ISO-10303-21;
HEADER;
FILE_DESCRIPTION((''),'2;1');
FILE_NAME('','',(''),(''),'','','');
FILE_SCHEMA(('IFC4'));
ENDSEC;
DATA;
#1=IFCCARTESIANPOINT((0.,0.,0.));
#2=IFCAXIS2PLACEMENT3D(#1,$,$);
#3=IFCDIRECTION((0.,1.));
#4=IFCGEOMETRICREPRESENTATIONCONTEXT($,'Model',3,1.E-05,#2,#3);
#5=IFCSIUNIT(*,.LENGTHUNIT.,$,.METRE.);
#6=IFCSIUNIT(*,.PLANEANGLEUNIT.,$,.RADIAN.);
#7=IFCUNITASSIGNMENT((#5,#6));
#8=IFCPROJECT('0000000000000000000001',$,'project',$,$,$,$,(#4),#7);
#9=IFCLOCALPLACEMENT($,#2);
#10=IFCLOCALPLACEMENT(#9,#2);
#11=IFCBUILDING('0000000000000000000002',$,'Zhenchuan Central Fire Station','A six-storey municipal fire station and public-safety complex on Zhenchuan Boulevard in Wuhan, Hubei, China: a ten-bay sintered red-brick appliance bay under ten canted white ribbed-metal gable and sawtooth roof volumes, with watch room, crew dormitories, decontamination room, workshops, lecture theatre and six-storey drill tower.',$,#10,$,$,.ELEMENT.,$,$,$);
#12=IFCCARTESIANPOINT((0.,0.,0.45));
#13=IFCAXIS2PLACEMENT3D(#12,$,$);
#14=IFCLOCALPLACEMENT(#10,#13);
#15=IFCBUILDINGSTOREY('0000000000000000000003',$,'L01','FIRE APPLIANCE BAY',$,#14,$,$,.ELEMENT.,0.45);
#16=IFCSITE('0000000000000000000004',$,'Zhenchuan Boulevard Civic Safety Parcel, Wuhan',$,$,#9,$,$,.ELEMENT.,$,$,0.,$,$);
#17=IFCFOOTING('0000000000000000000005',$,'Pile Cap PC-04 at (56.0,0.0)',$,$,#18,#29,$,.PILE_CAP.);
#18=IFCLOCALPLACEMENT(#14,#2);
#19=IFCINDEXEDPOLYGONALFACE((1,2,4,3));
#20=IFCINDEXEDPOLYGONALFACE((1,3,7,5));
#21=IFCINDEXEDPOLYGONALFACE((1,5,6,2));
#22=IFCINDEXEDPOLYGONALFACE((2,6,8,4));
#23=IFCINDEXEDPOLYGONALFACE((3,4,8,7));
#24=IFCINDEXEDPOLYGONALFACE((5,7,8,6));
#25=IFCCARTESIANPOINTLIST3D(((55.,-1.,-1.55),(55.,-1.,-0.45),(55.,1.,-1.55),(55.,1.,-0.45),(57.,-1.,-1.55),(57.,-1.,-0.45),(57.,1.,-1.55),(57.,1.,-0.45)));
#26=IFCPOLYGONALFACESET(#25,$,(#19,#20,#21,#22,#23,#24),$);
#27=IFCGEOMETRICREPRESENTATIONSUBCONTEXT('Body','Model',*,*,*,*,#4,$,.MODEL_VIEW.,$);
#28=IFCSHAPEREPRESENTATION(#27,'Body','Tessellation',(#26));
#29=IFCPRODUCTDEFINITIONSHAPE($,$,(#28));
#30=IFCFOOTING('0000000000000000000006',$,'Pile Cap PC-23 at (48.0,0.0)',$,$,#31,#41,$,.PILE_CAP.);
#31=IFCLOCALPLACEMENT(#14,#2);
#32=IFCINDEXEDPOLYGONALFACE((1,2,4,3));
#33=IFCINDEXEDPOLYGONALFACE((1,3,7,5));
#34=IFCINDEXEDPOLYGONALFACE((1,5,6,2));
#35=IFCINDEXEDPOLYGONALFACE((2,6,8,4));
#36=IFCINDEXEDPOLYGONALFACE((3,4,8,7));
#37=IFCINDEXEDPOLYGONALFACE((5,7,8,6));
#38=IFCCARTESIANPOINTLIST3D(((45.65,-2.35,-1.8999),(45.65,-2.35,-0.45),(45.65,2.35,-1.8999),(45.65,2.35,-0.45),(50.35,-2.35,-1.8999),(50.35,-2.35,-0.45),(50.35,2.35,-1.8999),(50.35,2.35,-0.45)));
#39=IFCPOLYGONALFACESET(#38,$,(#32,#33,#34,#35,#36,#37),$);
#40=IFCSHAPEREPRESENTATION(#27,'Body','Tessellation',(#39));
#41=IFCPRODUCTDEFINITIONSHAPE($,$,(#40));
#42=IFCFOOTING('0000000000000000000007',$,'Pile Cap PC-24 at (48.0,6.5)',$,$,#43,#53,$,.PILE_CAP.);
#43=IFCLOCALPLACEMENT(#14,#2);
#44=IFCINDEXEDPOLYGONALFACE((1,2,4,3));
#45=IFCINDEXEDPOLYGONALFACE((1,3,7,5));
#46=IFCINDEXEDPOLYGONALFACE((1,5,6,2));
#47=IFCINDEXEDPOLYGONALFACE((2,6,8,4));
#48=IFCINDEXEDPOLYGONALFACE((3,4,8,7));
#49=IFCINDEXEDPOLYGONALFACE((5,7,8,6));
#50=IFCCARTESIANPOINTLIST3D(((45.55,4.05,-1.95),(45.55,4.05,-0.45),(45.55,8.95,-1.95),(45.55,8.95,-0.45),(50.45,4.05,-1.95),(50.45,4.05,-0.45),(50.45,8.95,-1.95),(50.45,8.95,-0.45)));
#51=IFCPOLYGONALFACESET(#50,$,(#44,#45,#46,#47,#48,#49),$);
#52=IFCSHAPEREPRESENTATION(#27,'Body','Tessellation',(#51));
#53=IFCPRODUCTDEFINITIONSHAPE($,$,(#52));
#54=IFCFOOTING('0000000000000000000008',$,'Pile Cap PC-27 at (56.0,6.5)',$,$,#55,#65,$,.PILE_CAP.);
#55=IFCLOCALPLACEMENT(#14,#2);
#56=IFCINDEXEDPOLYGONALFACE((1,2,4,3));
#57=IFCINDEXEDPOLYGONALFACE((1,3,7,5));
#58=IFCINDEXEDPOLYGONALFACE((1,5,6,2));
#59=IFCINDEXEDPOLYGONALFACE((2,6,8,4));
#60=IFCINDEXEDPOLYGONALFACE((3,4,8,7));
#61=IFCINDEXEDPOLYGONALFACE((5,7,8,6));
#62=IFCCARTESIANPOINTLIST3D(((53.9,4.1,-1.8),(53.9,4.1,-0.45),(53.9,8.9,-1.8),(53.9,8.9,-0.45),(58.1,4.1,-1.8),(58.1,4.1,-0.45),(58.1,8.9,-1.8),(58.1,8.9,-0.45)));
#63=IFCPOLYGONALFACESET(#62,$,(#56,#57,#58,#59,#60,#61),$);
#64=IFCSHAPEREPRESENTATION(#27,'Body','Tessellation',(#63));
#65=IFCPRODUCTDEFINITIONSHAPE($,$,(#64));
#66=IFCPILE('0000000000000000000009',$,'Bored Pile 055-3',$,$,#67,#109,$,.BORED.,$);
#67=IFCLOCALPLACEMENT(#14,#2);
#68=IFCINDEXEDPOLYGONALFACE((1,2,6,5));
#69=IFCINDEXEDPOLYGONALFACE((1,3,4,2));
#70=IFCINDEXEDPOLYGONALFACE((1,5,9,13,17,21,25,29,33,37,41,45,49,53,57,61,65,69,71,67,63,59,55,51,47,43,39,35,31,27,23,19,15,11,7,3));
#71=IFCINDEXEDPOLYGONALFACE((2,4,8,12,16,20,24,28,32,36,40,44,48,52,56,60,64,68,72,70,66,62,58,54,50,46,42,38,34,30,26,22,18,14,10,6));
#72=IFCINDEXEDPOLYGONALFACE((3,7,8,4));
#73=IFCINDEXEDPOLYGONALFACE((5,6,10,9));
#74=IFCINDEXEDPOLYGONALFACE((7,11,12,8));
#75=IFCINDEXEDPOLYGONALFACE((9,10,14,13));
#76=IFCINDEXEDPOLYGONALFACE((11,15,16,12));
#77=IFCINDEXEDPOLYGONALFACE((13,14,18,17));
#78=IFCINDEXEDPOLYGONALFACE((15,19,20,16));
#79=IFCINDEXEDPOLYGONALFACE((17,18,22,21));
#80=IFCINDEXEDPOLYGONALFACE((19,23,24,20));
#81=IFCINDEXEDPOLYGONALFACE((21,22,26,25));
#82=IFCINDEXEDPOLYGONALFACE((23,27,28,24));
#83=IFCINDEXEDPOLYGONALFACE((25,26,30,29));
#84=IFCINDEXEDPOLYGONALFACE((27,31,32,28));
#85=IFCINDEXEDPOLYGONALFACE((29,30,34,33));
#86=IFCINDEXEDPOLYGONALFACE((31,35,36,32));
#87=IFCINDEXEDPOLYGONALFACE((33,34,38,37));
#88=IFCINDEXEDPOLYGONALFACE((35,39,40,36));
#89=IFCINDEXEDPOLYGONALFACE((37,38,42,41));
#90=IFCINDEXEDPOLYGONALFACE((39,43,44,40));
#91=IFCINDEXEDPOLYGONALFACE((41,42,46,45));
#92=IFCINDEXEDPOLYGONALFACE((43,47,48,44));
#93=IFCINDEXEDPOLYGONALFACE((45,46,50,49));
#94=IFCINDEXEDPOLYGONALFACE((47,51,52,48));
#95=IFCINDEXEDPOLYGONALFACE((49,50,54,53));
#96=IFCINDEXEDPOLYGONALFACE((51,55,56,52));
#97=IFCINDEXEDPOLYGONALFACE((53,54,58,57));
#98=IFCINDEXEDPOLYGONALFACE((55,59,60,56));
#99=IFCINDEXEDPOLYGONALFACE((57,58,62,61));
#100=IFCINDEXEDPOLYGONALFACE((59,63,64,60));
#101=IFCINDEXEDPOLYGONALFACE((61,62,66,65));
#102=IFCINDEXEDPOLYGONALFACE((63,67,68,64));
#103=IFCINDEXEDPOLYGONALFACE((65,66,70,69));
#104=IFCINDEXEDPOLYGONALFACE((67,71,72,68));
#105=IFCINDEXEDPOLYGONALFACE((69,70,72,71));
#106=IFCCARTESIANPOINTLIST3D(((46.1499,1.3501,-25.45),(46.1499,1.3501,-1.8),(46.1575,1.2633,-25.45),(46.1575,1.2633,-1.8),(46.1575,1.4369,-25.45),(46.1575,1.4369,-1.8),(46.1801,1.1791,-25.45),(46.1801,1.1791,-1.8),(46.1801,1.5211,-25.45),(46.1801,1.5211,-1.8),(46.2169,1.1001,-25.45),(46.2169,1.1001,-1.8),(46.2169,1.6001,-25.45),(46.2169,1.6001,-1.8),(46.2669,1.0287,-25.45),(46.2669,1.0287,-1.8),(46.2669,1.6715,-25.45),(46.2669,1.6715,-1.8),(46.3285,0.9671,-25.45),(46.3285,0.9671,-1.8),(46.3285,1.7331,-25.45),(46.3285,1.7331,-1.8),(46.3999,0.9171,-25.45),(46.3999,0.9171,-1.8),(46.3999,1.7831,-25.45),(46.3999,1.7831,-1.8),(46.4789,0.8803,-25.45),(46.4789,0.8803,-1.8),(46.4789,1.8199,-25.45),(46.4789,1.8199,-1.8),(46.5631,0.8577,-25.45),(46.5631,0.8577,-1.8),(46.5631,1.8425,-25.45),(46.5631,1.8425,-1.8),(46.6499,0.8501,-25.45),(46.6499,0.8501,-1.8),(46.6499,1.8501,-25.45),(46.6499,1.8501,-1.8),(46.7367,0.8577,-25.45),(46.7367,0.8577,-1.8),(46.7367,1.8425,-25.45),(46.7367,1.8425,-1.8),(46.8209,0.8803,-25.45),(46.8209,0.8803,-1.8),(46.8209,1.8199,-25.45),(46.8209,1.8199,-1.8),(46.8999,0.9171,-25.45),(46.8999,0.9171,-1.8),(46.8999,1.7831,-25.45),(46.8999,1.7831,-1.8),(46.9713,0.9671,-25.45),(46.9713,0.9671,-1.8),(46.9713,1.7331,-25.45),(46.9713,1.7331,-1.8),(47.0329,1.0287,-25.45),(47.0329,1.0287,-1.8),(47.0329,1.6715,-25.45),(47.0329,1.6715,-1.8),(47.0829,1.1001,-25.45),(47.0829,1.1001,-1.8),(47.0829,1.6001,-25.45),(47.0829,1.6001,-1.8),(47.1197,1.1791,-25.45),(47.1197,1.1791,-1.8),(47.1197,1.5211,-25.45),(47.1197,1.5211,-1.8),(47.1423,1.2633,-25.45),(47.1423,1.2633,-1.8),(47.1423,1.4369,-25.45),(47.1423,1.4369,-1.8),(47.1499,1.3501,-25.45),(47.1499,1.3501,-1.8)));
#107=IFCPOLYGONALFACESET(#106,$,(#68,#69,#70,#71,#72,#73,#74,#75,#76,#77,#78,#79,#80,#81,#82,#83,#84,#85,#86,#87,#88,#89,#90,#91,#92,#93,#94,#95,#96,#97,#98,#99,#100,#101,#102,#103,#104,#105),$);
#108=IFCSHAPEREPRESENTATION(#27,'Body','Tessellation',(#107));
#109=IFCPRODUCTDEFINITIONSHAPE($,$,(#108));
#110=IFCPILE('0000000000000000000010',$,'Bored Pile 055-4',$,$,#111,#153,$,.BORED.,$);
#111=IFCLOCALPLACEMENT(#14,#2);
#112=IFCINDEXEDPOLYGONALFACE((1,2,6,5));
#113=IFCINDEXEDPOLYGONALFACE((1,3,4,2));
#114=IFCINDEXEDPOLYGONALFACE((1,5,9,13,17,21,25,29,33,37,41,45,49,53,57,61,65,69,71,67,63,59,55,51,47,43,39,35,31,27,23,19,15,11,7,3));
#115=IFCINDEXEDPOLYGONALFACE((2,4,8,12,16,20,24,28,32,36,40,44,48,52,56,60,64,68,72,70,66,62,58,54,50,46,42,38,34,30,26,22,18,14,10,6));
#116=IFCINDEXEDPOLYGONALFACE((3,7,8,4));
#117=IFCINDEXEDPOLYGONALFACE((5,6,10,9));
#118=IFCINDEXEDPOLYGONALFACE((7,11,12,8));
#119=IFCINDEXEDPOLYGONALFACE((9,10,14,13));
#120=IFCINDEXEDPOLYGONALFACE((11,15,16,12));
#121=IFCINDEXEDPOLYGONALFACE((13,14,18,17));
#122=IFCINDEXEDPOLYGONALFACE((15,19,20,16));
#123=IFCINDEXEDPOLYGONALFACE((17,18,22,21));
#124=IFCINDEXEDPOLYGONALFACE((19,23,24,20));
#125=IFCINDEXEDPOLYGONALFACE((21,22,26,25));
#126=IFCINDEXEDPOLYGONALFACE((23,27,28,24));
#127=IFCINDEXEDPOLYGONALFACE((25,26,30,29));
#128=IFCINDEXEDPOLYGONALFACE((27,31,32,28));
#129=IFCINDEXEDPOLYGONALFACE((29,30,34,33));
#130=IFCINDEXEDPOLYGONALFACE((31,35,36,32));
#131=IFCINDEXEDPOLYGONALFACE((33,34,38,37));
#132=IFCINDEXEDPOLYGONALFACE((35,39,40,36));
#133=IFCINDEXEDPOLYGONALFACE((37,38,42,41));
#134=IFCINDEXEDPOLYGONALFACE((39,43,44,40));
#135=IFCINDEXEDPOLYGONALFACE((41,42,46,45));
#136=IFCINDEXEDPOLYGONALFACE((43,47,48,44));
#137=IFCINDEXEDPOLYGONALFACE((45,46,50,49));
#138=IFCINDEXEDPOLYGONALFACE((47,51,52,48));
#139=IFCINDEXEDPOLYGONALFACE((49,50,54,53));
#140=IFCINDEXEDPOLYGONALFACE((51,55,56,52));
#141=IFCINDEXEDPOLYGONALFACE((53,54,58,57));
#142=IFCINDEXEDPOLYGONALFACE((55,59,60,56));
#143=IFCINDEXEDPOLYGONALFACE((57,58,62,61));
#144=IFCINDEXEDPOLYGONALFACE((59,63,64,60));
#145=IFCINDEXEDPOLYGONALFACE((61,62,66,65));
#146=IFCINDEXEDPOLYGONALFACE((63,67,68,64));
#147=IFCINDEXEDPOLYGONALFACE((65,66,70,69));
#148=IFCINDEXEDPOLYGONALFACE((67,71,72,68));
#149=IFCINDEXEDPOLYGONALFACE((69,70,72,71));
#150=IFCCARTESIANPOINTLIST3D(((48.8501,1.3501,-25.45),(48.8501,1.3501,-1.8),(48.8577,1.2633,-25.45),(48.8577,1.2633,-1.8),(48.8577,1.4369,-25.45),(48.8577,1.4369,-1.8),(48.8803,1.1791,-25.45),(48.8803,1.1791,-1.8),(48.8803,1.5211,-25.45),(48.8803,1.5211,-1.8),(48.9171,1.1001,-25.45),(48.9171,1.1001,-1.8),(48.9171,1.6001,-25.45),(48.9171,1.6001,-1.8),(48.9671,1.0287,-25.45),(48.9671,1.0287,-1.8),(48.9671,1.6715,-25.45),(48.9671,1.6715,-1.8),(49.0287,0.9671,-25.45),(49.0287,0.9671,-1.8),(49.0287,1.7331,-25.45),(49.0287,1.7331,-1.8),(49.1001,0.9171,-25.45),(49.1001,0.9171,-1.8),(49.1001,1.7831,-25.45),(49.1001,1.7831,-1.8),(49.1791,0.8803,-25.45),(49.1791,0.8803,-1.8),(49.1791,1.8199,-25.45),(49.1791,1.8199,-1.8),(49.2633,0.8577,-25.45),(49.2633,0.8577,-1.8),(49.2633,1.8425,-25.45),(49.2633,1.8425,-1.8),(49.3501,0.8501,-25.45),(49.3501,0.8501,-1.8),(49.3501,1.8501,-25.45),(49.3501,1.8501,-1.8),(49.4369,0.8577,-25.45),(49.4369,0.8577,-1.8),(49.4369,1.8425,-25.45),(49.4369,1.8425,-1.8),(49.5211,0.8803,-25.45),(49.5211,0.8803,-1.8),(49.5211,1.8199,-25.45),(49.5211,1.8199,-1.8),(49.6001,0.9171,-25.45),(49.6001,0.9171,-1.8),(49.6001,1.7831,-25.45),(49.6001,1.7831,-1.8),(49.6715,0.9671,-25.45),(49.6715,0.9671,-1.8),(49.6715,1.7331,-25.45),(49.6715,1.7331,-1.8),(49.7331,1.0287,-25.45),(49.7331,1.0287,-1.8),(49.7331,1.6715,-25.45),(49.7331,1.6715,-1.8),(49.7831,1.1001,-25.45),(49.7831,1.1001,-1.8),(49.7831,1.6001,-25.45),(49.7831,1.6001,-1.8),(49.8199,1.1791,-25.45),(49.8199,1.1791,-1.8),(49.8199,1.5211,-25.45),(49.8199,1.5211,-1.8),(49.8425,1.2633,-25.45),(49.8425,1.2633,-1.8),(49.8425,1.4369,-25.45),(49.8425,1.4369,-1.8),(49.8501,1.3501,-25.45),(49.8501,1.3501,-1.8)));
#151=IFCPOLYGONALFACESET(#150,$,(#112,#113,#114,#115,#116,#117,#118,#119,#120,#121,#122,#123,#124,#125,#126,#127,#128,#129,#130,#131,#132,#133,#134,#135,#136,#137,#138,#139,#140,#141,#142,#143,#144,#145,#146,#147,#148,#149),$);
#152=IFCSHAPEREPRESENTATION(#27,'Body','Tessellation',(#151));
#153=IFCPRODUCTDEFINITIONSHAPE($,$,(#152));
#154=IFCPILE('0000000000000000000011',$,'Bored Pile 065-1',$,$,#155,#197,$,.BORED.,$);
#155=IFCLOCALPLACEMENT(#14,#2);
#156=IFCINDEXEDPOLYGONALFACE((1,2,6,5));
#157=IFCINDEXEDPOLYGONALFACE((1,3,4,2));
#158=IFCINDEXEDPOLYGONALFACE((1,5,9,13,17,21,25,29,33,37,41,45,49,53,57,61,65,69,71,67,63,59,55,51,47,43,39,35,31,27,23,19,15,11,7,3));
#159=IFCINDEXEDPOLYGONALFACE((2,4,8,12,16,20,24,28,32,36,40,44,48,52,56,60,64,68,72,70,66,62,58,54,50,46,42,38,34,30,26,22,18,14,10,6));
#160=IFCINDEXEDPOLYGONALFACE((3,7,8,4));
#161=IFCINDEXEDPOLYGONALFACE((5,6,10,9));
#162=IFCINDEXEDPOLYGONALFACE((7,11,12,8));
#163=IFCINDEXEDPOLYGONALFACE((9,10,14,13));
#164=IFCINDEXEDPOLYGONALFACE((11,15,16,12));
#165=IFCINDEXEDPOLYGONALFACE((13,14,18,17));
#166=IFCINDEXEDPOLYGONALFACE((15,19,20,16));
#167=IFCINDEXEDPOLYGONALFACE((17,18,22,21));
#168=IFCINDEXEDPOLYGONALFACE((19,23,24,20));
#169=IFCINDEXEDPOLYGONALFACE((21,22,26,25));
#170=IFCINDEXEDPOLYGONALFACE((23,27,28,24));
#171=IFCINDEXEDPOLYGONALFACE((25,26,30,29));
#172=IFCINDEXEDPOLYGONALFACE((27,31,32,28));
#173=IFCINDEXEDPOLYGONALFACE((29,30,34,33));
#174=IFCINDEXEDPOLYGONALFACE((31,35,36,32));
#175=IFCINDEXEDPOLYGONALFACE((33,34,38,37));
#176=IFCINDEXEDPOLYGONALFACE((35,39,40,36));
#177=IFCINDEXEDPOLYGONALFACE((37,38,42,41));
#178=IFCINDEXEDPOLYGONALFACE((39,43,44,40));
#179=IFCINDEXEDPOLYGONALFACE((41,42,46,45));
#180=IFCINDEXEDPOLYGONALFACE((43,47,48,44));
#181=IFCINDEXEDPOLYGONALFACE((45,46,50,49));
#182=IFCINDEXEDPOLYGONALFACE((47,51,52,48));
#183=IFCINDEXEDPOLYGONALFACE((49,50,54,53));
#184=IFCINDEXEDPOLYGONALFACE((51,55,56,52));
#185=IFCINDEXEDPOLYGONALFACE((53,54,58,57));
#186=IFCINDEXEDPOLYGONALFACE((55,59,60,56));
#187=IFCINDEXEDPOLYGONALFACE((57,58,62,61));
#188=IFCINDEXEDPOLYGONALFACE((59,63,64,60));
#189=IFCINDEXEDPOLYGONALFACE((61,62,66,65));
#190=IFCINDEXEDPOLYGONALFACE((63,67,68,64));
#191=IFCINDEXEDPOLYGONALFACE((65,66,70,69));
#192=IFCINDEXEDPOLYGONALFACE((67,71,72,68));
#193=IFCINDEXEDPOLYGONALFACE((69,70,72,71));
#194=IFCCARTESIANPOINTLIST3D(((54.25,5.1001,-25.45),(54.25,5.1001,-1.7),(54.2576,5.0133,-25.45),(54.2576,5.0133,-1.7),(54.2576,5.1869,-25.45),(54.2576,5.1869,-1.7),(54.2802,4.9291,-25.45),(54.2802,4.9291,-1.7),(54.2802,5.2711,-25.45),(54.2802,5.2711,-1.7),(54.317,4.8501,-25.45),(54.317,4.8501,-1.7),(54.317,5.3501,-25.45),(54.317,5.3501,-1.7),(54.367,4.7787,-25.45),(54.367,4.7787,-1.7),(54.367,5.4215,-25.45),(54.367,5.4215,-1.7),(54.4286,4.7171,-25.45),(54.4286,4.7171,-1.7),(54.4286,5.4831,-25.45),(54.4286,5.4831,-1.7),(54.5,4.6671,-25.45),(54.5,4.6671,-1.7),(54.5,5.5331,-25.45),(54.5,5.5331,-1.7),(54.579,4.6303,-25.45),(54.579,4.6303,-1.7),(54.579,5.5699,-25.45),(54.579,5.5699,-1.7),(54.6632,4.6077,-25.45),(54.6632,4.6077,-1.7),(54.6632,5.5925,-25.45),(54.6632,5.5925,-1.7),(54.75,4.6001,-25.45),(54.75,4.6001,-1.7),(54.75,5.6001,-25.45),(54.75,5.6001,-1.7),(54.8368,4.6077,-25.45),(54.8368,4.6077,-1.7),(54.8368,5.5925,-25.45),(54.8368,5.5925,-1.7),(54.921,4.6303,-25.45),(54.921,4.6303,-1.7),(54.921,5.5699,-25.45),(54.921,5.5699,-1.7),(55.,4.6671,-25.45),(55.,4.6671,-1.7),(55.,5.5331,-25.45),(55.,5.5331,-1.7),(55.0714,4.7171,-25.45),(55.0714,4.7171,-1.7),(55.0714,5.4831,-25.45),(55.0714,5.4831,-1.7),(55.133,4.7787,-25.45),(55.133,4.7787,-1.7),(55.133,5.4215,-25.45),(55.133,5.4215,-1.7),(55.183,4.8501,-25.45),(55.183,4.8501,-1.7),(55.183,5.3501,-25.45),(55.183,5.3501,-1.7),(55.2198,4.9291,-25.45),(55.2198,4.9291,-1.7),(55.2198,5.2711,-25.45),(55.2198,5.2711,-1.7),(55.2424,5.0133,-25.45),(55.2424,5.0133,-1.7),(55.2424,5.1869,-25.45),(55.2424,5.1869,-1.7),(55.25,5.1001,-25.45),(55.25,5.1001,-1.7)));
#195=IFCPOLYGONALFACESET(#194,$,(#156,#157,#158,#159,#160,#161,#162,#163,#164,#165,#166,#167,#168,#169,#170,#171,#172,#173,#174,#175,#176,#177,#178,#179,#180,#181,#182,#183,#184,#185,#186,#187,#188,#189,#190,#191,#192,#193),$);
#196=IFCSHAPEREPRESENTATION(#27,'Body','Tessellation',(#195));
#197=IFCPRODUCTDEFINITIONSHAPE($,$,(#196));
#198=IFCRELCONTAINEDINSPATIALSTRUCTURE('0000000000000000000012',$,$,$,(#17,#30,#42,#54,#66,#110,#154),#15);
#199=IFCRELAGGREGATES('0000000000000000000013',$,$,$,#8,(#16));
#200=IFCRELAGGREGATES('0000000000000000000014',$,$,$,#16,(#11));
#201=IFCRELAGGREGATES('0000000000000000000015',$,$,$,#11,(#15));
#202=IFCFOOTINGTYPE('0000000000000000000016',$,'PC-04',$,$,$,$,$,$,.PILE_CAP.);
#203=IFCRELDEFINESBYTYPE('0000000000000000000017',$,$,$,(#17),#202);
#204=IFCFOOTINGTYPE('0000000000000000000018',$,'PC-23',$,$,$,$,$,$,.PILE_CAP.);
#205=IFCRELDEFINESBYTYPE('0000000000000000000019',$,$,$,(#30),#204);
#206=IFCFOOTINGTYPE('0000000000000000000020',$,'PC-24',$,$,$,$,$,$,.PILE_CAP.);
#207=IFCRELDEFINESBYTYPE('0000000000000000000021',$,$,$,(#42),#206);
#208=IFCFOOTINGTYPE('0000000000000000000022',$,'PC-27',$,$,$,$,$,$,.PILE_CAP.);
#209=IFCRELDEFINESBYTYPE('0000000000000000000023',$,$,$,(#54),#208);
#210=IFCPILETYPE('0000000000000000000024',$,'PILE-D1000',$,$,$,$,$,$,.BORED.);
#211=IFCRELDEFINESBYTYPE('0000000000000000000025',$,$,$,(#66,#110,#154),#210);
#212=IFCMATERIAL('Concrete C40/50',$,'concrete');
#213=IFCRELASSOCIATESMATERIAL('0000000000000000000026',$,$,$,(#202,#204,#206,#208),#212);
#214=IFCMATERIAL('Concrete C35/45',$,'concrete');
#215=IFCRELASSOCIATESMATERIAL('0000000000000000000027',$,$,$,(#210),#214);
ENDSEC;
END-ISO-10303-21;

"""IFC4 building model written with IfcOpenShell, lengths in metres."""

from ifc_helpers import new_model, si_unit, direction, frame, origin, origin_2d, place, context, subcontext, project, spatial, rectangle, circle, extrude, material, material_profile, profile_set, type_object, element, save


model = new_model("IFC4")

# Units and contexts
model_context = context("Model", 3, precision=1e-05, world=origin(), true_north=direction((0.0, 1.0)))
body_context = subcontext(model_context, "Body", "Model", "MODEL_VIEW")
ifc_project = project(units=[si_unit("LENGTHUNIT", "METRE"), si_unit("PLANEANGLEUNIT", "RADIAN")], contexts=[model_context])

# Site, building, storey
site_placement = place(None, origin())
site = spatial("IfcSite", under=ifc_project, at=site_placement, Name="Zhenchuan Boulevard Civic Safety Parcel, Wuhan", CompositionType="ELEMENT", RefElevation=0.0)
building_placement = place(site_placement, origin())
building = spatial("IfcBuilding", under=site, at=building_placement, Name="Zhenchuan Central Fire Station", Description="A six-storey municipal fire station and public-safety complex on Zhenchuan Boulevard in Wuhan, Hubei, China: a ten-bay sintered red-brick appliance bay under ten canted white ribbed-metal gable and sawtooth roof volumes, with watch room, crew dormitories, decontamination room, workshops, lecture theatre and six-storey drill tower.", CompositionType="ELEMENT")
storey_placement = place(building_placement, frame((0.0, 0.0, 0.45)))
storey = spatial("IfcBuildingStorey", under=building, at=storey_placement, Name="L01", Description="FIRE APPLIANCE BAY", CompositionType="ELEMENT", Elevation=0.45)

# Footings
ifc_material_1 = material(Name="Concrete C40/50", Category="concrete")
footing_type_1 = type_object("IfcFootingType", Name="PC-04", PredefinedType="PILE_CAP", material=ifc_material_1)
footing_1_placement = place(storey_placement, frame((56.0, 0.0, -1.55), z_axis=(0.0, 0.0, 1.0), x_axis=(1.0, 0.0, 0.0)))
element("IfcFooting", 1, at=footing_1_placement, inside=storey, type_object=footing_type_1, Name="Pile Cap PC-04 at (56.0,0.0)", PredefinedType="PILE_CAP", context=body_context, shape_type="SweptSolid", body=[
    extrude(rectangle(XDim=2.0, YDim=2.0, at=origin_2d()), origin(), (0.0, 0.0, 1.0), 1.1001),
])
footing_type_2 = type_object("IfcFootingType", Name="PC-23", PredefinedType="PILE_CAP", material=ifc_material_1)
footing_2_placement = place(storey_placement, frame((48.0, 0.0, -1.8999), z_axis=(0.0, 0.0, 1.0), x_axis=(1.0, 0.0, 0.0)))
element("IfcFooting", 2, at=footing_2_placement, inside=storey, type_object=footing_type_2, Name="Pile Cap PC-23 at (48.0,0.0)", PredefinedType="PILE_CAP", context=body_context, shape_type="SweptSolid", body=[
    extrude(rectangle(XDim=4.7, YDim=4.7, at=origin_2d()), origin(), (0.0, 0.0, 1.0), 1.45),
])
footing_type_3 = type_object("IfcFootingType", Name="PC-24", PredefinedType="PILE_CAP", material=ifc_material_1)
footing_3_placement = place(storey_placement, frame((48.0, 6.5, -1.95), z_axis=(0.0, 0.0, 1.0), x_axis=(1.0, 0.0, 0.0)))
element("IfcFooting", 3, at=footing_3_placement, inside=storey, type_object=footing_type_3, Name="Pile Cap PC-24 at (48.0,6.5)", PredefinedType="PILE_CAP", context=body_context, shape_type="SweptSolid", body=[
    extrude(rectangle(XDim=4.8999, YDim=4.8999, at=origin_2d()), origin(), (0.0, 0.0, 1.0), 1.5),
])
footing_type_4 = type_object("IfcFootingType", Name="PC-27", PredefinedType="PILE_CAP", material=ifc_material_1)
footing_4_placement = place(storey_placement, frame((56.0, 6.5, -1.8), z_axis=(0.0, 0.0, 1.0), x_axis=(1.0, 0.0, 0.0)))
element("IfcFooting", 4, at=footing_4_placement, inside=storey, type_object=footing_type_4, Name="Pile Cap PC-27 at (56.0,6.5)", PredefinedType="PILE_CAP", context=body_context, shape_type="SweptSolid", body=[
    extrude(rectangle(XDim=4.2, YDim=4.8, at=origin_2d()), origin(), (0.0, 0.0, 1.0), 1.3501),
])

# Piles
ifc_material_2 = material(Name="Concrete C35/45", Category="concrete")
ifc_material_profile_1 = material_profile(ifc_material_2, circle(Radius=0.5, at=origin_2d()), Name="PILE D1000")
ifc_profile_set_1 = profile_set([ifc_material_profile_1], Name="Concrete C35/45")
pile_type_1 = type_object("IfcPileType", Name="PILE-D1000", PredefinedType="BORED", material=ifc_profile_set_1)
for number, where, z_axis, x_axis, name in (
    (5, (46.6499, 1.3501, -1.8), (0.0, 0.0, -1.0), (1.0, 0.0, 0.0), "Bored Pile 055-3"),
    (6, (49.3501, 1.3501, -1.8), (0.0, 0.0, -1.0), (1.0, 0.0, 0.0), "Bored Pile 055-4"),
):
    element("IfcPile", number, at=place(storey_placement, frame(where, z_axis=z_axis, x_axis=x_axis)), inside=storey, type_object=pile_type_1, Name=name, PredefinedType="BORED", context=body_context, shape_type="SweptSolid", body=[
        extrude(circle(Radius=0.5, at=origin_2d()), origin(), (0.0, 0.0, 1.0), 23.6499),
    ])
pile_1_placement = place(storey_placement, frame((54.75, 5.1001, -1.7), z_axis=(0.0, 0.0, -1.0), x_axis=(1.0, 0.0, 0.0)))
element("IfcPile", 7, at=pile_1_placement, inside=storey, type_object=pile_type_1, Name="Bored Pile 065-1", PredefinedType="BORED", context=body_context, shape_type="SweptSolid", body=[
    extrude(circle(Radius=0.5, at=origin_2d()), origin(), (0.0, 0.0, 1.0), 23.75),
])

save(model, "model.ifc")
